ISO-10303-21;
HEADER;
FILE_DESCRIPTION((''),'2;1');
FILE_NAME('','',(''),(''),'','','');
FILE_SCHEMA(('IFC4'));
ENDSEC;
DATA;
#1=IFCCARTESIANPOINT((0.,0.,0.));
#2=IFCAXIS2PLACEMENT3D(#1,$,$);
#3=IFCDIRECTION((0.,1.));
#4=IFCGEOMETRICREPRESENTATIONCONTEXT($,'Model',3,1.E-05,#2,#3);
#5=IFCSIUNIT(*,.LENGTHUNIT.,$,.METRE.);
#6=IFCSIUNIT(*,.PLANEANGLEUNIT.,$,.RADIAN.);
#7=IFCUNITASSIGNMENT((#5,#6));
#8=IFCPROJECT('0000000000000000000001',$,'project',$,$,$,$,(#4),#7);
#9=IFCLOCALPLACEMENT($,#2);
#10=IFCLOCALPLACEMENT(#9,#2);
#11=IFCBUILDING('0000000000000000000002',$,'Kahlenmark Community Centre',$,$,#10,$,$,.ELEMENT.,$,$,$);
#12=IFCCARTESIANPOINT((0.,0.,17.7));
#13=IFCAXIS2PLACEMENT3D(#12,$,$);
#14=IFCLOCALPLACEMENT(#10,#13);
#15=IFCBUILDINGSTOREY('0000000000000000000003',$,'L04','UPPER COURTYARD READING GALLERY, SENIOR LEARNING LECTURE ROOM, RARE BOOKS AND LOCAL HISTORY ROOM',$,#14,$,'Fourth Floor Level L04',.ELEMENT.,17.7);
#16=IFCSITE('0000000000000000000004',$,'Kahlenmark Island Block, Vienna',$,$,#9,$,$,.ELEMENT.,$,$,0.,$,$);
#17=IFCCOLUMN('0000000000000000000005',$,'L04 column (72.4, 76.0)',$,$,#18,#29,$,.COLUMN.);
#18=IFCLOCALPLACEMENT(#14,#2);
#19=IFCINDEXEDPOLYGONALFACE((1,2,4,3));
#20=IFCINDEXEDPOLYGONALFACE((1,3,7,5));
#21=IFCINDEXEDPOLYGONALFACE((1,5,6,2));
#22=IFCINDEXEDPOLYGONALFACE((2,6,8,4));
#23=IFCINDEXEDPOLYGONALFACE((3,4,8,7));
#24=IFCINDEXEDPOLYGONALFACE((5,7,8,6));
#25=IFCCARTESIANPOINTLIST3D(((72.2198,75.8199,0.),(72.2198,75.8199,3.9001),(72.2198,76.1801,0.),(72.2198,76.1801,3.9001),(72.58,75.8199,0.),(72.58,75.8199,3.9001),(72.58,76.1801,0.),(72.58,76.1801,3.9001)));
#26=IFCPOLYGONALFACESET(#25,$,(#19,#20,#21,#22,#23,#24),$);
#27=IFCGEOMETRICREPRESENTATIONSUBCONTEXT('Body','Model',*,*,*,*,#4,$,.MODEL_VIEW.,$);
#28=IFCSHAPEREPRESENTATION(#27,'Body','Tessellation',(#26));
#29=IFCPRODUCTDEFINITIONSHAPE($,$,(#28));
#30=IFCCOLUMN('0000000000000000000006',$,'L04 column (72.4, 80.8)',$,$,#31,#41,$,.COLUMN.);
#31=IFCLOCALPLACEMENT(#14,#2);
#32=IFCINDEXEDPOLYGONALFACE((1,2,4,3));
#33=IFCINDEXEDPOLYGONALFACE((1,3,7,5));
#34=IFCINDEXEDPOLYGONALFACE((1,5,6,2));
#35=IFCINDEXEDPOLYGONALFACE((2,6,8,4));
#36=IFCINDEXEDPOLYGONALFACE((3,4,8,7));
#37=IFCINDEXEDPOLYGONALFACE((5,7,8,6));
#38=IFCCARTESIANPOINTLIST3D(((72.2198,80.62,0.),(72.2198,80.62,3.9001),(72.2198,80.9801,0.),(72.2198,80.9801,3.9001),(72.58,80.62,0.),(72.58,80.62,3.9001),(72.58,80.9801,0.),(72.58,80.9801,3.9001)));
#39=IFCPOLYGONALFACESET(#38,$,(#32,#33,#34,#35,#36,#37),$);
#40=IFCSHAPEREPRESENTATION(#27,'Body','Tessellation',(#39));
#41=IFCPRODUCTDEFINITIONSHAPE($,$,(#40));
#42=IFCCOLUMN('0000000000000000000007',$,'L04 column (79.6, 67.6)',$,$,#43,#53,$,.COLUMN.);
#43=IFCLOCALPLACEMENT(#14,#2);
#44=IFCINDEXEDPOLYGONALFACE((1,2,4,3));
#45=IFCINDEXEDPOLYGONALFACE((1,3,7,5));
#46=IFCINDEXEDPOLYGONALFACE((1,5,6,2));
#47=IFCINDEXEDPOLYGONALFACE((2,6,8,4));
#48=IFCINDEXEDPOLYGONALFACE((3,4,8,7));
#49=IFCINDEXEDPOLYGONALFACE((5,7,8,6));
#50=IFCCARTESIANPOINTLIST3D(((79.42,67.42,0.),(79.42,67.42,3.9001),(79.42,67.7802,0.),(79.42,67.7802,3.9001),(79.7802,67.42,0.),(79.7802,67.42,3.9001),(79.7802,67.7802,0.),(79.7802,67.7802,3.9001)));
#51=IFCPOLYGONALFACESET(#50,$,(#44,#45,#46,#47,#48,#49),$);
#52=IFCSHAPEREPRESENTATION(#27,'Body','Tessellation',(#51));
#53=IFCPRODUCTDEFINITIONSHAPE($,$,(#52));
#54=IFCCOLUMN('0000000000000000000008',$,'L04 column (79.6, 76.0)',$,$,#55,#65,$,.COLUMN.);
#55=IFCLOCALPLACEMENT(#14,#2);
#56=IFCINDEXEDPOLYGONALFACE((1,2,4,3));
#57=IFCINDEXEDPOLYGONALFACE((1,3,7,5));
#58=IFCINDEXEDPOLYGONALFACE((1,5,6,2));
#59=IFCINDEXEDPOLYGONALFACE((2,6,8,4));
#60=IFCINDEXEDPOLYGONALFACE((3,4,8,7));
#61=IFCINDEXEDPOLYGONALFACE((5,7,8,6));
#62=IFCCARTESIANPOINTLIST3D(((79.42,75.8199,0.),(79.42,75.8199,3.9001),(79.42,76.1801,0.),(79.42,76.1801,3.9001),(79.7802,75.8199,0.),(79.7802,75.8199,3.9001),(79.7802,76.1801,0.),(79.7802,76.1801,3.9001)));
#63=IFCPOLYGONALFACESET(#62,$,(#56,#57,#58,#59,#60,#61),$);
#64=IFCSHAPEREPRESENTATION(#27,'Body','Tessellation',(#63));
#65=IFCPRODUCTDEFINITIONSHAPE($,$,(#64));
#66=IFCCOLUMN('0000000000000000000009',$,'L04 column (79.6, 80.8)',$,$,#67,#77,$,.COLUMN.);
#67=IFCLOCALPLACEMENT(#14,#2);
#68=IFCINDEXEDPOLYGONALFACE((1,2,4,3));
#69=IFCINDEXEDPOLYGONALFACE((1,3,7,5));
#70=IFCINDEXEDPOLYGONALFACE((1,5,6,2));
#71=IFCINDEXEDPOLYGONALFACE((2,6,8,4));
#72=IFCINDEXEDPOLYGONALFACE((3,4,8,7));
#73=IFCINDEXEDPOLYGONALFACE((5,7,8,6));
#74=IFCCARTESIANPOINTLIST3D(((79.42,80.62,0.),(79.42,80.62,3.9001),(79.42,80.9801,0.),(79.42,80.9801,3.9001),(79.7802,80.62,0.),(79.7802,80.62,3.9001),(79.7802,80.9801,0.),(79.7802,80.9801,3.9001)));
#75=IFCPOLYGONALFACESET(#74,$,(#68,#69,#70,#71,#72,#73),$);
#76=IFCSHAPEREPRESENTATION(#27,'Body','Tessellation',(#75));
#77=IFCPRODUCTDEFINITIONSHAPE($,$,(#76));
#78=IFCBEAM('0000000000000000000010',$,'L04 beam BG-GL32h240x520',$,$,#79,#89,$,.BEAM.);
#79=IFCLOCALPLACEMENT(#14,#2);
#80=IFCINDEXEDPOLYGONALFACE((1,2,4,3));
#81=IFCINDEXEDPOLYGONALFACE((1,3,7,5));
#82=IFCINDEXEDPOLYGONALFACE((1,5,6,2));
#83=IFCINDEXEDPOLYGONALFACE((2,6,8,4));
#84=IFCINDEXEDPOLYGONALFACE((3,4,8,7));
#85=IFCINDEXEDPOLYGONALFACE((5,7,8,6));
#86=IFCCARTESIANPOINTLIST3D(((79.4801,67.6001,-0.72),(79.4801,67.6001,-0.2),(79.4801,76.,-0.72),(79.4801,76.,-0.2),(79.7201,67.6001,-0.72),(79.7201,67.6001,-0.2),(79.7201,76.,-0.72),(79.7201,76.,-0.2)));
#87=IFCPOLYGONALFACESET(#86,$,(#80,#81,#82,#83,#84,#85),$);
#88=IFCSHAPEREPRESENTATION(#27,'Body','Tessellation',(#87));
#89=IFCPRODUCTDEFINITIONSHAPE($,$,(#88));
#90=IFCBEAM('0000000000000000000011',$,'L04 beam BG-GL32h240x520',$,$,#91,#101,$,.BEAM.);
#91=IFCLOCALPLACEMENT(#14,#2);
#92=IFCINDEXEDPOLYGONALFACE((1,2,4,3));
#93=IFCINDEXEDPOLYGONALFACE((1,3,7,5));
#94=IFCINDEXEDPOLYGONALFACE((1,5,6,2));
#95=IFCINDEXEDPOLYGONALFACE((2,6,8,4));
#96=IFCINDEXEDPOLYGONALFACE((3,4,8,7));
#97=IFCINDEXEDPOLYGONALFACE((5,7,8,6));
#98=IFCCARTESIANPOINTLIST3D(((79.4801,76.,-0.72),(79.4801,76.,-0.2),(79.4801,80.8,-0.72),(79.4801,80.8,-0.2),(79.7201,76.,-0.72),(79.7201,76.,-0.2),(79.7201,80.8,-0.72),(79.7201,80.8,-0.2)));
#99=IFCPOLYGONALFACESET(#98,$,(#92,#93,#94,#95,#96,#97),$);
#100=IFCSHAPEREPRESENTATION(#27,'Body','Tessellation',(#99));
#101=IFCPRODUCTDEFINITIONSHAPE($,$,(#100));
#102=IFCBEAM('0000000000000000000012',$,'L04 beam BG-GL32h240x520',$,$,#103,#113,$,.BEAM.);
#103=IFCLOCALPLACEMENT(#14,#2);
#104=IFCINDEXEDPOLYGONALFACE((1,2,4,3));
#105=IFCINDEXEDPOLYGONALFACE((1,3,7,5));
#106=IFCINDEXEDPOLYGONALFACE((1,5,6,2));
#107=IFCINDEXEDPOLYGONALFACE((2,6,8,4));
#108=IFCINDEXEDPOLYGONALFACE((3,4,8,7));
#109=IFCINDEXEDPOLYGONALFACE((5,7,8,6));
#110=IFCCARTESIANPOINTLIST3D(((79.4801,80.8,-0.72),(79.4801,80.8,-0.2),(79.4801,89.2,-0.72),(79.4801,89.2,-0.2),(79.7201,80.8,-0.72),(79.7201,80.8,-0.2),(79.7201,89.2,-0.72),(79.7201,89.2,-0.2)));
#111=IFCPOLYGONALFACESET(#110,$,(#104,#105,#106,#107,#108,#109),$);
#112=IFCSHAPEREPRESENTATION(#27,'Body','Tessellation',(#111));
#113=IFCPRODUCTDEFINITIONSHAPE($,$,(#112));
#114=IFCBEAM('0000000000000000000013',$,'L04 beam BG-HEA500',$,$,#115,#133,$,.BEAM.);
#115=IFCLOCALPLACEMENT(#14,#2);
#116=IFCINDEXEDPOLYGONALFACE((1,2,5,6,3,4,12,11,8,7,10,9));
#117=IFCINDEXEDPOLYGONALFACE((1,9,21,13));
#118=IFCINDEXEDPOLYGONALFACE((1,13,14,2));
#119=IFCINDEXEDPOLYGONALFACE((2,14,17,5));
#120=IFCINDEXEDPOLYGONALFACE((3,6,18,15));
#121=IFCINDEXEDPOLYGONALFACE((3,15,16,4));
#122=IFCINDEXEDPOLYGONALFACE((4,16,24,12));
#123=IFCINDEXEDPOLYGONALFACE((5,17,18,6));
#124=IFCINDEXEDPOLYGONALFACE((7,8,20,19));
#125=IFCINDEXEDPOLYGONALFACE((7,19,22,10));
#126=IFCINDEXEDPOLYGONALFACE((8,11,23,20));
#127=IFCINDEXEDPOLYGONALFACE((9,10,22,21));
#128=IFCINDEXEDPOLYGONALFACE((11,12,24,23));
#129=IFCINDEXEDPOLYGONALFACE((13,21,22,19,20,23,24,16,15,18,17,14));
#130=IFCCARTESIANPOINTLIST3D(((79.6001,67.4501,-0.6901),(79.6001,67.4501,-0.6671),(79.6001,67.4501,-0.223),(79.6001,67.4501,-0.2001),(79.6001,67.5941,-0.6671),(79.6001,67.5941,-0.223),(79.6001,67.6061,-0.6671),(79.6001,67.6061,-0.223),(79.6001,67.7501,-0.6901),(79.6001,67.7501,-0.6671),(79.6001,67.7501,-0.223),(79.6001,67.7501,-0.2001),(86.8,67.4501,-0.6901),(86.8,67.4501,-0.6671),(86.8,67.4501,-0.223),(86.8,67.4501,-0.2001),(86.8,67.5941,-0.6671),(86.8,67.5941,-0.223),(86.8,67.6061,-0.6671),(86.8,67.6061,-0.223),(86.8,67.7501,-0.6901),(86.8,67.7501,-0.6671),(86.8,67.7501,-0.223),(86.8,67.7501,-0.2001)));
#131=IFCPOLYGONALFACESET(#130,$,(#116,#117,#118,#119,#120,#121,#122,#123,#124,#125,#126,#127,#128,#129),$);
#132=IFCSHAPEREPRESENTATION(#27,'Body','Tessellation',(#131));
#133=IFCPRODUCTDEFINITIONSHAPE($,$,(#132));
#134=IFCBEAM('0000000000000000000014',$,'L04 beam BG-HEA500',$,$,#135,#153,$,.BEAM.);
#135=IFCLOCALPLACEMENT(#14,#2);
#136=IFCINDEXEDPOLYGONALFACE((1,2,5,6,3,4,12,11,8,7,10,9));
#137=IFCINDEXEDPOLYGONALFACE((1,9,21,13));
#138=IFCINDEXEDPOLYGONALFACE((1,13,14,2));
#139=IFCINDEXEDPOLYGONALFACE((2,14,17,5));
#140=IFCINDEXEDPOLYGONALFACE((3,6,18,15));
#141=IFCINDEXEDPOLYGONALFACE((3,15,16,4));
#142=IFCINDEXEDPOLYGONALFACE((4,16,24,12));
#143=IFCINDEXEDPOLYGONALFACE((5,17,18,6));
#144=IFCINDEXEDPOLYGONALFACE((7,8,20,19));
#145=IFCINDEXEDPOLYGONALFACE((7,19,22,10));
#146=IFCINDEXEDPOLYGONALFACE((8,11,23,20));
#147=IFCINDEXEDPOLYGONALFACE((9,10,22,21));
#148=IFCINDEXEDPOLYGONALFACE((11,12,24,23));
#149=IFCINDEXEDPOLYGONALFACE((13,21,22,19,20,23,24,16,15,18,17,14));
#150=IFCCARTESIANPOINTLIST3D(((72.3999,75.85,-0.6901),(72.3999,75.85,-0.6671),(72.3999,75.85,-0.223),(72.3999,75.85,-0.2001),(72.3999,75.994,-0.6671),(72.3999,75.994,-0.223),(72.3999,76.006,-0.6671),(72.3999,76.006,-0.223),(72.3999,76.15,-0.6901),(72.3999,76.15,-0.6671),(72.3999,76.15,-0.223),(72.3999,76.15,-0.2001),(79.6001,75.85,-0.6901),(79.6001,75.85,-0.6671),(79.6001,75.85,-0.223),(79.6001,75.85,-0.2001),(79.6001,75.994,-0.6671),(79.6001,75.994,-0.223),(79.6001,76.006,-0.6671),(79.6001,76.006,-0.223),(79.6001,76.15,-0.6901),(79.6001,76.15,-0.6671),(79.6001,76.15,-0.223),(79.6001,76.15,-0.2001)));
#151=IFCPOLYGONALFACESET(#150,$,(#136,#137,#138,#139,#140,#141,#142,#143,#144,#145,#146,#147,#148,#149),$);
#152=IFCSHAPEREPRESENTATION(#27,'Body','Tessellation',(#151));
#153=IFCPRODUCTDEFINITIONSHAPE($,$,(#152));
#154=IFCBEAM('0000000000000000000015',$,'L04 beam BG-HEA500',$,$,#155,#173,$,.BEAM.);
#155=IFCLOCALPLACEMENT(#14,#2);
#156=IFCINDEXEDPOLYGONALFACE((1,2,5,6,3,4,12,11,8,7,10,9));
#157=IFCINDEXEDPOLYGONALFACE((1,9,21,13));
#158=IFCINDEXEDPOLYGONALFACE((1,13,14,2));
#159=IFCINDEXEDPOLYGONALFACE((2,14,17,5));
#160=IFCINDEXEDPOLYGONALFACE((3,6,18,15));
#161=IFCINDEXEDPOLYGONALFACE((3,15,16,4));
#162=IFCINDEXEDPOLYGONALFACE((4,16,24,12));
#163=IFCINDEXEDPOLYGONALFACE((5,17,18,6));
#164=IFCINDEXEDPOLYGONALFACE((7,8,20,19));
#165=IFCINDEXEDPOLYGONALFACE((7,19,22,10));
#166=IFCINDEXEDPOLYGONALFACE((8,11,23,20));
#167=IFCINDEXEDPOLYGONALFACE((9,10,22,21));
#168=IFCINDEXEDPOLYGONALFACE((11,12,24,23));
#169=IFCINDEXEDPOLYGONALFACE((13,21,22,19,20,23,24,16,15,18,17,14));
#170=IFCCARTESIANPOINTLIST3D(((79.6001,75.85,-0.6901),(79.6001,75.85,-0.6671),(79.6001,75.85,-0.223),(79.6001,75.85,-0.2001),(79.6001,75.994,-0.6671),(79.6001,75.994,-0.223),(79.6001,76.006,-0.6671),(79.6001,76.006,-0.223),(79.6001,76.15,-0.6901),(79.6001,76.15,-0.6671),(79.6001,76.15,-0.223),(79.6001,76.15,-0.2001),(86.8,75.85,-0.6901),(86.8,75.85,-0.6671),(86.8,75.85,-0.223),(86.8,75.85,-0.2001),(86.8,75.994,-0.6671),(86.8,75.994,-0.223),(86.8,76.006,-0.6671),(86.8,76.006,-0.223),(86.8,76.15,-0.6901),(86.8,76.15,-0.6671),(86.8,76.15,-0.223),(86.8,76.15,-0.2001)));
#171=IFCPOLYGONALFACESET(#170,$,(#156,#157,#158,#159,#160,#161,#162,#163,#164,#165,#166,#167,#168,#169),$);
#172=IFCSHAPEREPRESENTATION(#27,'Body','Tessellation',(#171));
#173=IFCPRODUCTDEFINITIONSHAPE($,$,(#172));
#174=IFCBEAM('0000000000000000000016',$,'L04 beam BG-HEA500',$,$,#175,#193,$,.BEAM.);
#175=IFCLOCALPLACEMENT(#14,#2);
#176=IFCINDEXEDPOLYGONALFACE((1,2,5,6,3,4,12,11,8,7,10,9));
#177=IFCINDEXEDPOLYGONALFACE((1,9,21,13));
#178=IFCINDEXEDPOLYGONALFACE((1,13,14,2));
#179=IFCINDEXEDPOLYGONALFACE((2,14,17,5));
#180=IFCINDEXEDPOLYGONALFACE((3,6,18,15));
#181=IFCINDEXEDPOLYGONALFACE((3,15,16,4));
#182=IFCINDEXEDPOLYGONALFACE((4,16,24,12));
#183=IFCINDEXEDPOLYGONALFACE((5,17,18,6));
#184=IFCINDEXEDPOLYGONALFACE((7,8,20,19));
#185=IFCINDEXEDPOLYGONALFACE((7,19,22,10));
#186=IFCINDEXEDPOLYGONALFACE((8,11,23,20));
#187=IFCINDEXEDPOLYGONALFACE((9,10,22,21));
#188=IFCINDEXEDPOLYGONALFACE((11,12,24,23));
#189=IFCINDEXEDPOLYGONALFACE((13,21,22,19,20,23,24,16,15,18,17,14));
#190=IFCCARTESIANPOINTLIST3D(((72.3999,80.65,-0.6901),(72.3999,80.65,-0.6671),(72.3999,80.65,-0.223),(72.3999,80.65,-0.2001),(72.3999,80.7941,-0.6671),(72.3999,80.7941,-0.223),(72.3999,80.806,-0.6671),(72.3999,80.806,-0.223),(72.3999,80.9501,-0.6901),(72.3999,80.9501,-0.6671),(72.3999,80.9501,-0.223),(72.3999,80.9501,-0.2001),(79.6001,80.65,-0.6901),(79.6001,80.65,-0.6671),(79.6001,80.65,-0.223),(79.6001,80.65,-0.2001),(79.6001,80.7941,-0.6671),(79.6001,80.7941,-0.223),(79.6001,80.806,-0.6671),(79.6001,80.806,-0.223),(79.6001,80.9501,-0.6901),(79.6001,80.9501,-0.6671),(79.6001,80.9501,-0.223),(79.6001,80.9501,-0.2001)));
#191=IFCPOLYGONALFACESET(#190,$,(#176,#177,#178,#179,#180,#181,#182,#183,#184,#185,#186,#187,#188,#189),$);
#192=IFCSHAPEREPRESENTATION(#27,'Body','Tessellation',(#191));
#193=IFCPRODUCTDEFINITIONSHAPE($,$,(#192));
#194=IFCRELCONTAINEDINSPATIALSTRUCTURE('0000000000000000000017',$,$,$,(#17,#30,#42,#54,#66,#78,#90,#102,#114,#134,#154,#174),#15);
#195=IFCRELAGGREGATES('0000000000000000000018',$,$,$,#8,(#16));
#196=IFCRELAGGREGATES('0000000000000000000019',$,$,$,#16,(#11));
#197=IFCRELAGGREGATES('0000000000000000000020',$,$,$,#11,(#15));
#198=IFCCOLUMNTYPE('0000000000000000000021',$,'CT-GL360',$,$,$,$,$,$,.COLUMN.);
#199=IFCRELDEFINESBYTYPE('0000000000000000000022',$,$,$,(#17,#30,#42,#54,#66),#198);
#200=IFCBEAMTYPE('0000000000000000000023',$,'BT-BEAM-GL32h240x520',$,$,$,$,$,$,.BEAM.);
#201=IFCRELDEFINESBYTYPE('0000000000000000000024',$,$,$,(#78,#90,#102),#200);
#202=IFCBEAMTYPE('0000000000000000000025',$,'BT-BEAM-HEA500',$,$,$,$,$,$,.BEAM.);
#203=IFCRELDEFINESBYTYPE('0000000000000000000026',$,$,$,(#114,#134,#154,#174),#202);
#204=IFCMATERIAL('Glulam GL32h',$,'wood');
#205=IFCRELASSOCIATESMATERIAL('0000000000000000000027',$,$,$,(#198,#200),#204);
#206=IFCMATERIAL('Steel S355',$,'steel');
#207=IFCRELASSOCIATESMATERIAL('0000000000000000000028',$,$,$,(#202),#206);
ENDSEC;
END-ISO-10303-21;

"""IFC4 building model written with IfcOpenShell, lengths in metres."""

from ifc_helpers import new_model, si_unit, direction, frame, origin, origin_2d, place, context, subcontext, project, spatial, rectangle, i_section, extrude, material, material_profile, profile_set, type_object, element, save


model = new_model("IFC4")

# Units and contexts
model_context = context("Model", 3, precision=1e-05, world=origin(), true_north=direction((0.0, 1.0)))
body_context = subcontext(model_context, "Body", "Model", "MODEL_VIEW")
ifc_project = project(units=[si_unit("LENGTHUNIT", "METRE"), si_unit("PLANEANGLEUNIT", "RADIAN")], contexts=[model_context])

# Site, building, storey
site_placement = place(None, origin())
site = spatial("IfcSite", under=ifc_project, at=site_placement, Name="Kahlenmark Island Block, Vienna", CompositionType="ELEMENT", RefElevation=0.0)
building_placement = place(site_placement, origin())
building = spatial("IfcBuilding", under=site, at=building_placement, Name="Kahlenmark Community Centre", CompositionType="ELEMENT")
storey_placement = place(building_placement, frame((0.0, 0.0, 17.7)))
storey = spatial("IfcBuildingStorey", under=building, at=storey_placement, Name="L04", Description="UPPER COURTYARD READING GALLERY, SENIOR LEARNING LECTURE ROOM, RARE BOOKS AND LOCAL HISTORY ROOM", LongName="Fourth Floor Level L04", CompositionType="ELEMENT", Elevation=17.7)

# Columns
ifc_material_1 = material(Name="Glulam GL32h", Category="wood")
ifc_material_profile_1 = material_profile(ifc_material_1, rectangle(XDim=0.3601, YDim=0.3601, at=origin_2d()), Name="GL32h 360x360")
ifc_profile_set_1 = profile_set([ifc_material_profile_1], Name="Glulam GL32h")
column_type = type_object("IfcColumnType", Name="CT-GL360", PredefinedType="COLUMN", material=ifc_profile_set_1)
for number, where, z_axis, x_axis, name in (
    (1, (72.3999, 76.0, 0.0), (0.0, 0.0, 1.0), (1.0, 0.0, 0.0), "L04 column (72.4, 76.0)"),
    (2, (72.3999, 80.8, 0.0), (0.0, 0.0, 1.0), (1.0, 0.0, 0.0), "L04 column (72.4, 80.8)"),
    (3, (79.6001, 67.6001, 0.0), (0.0, 0.0, 1.0), (1.0, 0.0, 0.0), "L04 column (79.6, 67.6)"),
    (4, (79.6001, 76.0, 0.0), (0.0, 0.0, 1.0), (1.0, 0.0, 0.0), "L04 column (79.6, 76.0)"),
    (5, (79.6001, 80.8, 0.0), (0.0, 0.0, 1.0), (1.0, 0.0, 0.0), "L04 column (79.6, 80.8)"),
):
    element("IfcColumn", number, at=place(storey_placement, frame(where, z_axis=z_axis, x_axis=x_axis)), inside=storey, type_object=column_type, Name=name, PredefinedType="COLUMN", context=body_context, shape_type="SweptSolid", body=[
        extrude(rectangle(XDim=0.3601, YDim=0.3601, at=origin_2d()), origin(), (0.0, 0.0, 1.0), 3.9001),
    ])

# Beams
ifc_material_profile_2 = material_profile(ifc_material_1, rectangle(XDim=0.24, YDim=0.52, at=origin_2d()), Name="GL32h 240x520")
ifc_profile_set_2 = profile_set([ifc_material_profile_2], Name="Glulam GL32h")
beam_type_1 = type_object("IfcBeamType", Name="BT-BEAM-GL32h240x520", PredefinedType="BEAM", material=ifc_profile_set_2)
beam_1_placement = place(storey_placement, frame((79.6001, 67.6001, -0.46), z_axis=(0.0, 1.0, 0.0), x_axis=(-1.0, 0.0, 0.0)))
element("IfcBeam", 6, at=beam_1_placement, inside=storey, type_object=beam_type_1, Name="L04 beam BG-GL32h240x520", PredefinedType="BEAM", context=body_context, shape_type="SweptSolid", body=[
    extrude(rectangle(XDim=0.24, YDim=0.52, at=origin_2d()), origin(), (0.0, 0.0, 1.0), 8.3999),
])
beam_2_placement = place(storey_placement, frame((79.6001, 76.0, -0.46), z_axis=(0.0, 1.0, 0.0), x_axis=(-1.0, 0.0, 0.0)))
element("IfcBeam", 7, at=beam_2_placement, inside=storey, type_object=beam_type_1, Name="L04 beam BG-GL32h240x520", PredefinedType="BEAM", context=body_context, shape_type="SweptSolid", body=[
    extrude(rectangle(XDim=0.24, YDim=0.52, at=origin_2d()), origin(), (0.0, 0.0, 1.0), 4.8),
])
beam_3_placement = place(storey_placement, frame((79.6001, 80.8, -0.46), z_axis=(0.0, 1.0, 0.0), x_axis=(-1.0, 0.0, 0.0)))
element("IfcBeam", 8, at=beam_3_placement, inside=storey, type_object=beam_type_1, Name="L04 beam BG-GL32h240x520", PredefinedType="BEAM", context=body_context, shape_type="SweptSolid", body=[
    extrude(rectangle(XDim=0.24, YDim=0.52, at=origin_2d()), origin(), (0.0, 0.0, 1.0), 8.3999),
])
ifc_material_2 = material(Name="Steel S355", Category="steel")
ifc_material_profile_3 = material_profile(ifc_material_2, i_section(OverallWidth=0.3, OverallDepth=0.49, WebThickness=0.012, FlangeThickness=0.0229, at=origin_2d()), Name="HEA 500")
ifc_profile_set_3 = profile_set([ifc_material_profile_3], Name="Steel S355")
beam_type_2 = type_object("IfcBeamType", Name="BT-BEAM-HEA500", PredefinedType="BEAM", material=ifc_profile_set_3)
beam_4_placement = place(storey_placement, frame((79.6001, 67.6001, -0.4451), z_axis=(1.0, 0.0, 0.0), x_axis=(0.0, 1.0, 0.0)))
element("IfcBeam", 9, at=beam_4_placement, inside=storey, type_object=beam_type_2, Name="L04 beam BG-HEA500", PredefinedType="BEAM", context=body_context, shape_type="SweptSolid", body=[
    extrude(i_section(OverallWidth=0.3, OverallDepth=0.49, WebThickness=0.012, FlangeThickness=0.0229, at=origin_2d()), origin(), (0.0, 0.0, 1.0), 7.2),
])
beam_5_placement = place(storey_placement, frame((72.3999, 76.0, -0.4451), z_axis=(1.0, 0.0, 0.0), x_axis=(0.0, 1.0, 0.0)))
element("IfcBeam", 10, at=beam_5_placement, inside=storey, type_object=beam_type_2, Name="L04 beam BG-HEA500", PredefinedType="BEAM", context=body_context, shape_type="SweptSolid", body=[
    extrude(i_section(OverallWidth=0.3, OverallDepth=0.49, WebThickness=0.012, FlangeThickness=0.0229, at=origin_2d()), origin(), (0.0, 0.0, 1.0), 7.2002),
])
beam_6_placement = place(storey_placement, frame((79.6001, 76.0, -0.4451), z_axis=(1.0, 0.0, 0.0), x_axis=(0.0, 1.0, 0.0)))
element("IfcBeam", 11, at=beam_6_placement, inside=storey, type_object=beam_type_2, Name="L04 beam BG-HEA500", PredefinedType="BEAM", context=body_context, shape_type="SweptSolid", body=[
    extrude(i_section(OverallWidth=0.3, OverallDepth=0.49, WebThickness=0.012, FlangeThickness=0.0229, at=origin_2d()), origin(), (0.0, 0.0, 1.0), 7.2),
])
beam_7_placement = place(storey_placement, frame((72.3999, 80.8, -0.4451), z_axis=(1.0, 0.0, 0.0), x_axis=(0.0, 1.0, 0.0)))
element("IfcBeam", 12, at=beam_7_placement, inside=storey, type_object=beam_type_2, Name="L04 beam BG-HEA500", PredefinedType="BEAM", context=body_context, shape_type="SweptSolid", body=[
    extrude(i_section(OverallWidth=0.3, OverallDepth=0.49, WebThickness=0.012, FlangeThickness=0.0229, at=origin_2d()), origin(), (0.0, 0.0, 1.0), 7.2002),
])

save(model, "model.ifc")
